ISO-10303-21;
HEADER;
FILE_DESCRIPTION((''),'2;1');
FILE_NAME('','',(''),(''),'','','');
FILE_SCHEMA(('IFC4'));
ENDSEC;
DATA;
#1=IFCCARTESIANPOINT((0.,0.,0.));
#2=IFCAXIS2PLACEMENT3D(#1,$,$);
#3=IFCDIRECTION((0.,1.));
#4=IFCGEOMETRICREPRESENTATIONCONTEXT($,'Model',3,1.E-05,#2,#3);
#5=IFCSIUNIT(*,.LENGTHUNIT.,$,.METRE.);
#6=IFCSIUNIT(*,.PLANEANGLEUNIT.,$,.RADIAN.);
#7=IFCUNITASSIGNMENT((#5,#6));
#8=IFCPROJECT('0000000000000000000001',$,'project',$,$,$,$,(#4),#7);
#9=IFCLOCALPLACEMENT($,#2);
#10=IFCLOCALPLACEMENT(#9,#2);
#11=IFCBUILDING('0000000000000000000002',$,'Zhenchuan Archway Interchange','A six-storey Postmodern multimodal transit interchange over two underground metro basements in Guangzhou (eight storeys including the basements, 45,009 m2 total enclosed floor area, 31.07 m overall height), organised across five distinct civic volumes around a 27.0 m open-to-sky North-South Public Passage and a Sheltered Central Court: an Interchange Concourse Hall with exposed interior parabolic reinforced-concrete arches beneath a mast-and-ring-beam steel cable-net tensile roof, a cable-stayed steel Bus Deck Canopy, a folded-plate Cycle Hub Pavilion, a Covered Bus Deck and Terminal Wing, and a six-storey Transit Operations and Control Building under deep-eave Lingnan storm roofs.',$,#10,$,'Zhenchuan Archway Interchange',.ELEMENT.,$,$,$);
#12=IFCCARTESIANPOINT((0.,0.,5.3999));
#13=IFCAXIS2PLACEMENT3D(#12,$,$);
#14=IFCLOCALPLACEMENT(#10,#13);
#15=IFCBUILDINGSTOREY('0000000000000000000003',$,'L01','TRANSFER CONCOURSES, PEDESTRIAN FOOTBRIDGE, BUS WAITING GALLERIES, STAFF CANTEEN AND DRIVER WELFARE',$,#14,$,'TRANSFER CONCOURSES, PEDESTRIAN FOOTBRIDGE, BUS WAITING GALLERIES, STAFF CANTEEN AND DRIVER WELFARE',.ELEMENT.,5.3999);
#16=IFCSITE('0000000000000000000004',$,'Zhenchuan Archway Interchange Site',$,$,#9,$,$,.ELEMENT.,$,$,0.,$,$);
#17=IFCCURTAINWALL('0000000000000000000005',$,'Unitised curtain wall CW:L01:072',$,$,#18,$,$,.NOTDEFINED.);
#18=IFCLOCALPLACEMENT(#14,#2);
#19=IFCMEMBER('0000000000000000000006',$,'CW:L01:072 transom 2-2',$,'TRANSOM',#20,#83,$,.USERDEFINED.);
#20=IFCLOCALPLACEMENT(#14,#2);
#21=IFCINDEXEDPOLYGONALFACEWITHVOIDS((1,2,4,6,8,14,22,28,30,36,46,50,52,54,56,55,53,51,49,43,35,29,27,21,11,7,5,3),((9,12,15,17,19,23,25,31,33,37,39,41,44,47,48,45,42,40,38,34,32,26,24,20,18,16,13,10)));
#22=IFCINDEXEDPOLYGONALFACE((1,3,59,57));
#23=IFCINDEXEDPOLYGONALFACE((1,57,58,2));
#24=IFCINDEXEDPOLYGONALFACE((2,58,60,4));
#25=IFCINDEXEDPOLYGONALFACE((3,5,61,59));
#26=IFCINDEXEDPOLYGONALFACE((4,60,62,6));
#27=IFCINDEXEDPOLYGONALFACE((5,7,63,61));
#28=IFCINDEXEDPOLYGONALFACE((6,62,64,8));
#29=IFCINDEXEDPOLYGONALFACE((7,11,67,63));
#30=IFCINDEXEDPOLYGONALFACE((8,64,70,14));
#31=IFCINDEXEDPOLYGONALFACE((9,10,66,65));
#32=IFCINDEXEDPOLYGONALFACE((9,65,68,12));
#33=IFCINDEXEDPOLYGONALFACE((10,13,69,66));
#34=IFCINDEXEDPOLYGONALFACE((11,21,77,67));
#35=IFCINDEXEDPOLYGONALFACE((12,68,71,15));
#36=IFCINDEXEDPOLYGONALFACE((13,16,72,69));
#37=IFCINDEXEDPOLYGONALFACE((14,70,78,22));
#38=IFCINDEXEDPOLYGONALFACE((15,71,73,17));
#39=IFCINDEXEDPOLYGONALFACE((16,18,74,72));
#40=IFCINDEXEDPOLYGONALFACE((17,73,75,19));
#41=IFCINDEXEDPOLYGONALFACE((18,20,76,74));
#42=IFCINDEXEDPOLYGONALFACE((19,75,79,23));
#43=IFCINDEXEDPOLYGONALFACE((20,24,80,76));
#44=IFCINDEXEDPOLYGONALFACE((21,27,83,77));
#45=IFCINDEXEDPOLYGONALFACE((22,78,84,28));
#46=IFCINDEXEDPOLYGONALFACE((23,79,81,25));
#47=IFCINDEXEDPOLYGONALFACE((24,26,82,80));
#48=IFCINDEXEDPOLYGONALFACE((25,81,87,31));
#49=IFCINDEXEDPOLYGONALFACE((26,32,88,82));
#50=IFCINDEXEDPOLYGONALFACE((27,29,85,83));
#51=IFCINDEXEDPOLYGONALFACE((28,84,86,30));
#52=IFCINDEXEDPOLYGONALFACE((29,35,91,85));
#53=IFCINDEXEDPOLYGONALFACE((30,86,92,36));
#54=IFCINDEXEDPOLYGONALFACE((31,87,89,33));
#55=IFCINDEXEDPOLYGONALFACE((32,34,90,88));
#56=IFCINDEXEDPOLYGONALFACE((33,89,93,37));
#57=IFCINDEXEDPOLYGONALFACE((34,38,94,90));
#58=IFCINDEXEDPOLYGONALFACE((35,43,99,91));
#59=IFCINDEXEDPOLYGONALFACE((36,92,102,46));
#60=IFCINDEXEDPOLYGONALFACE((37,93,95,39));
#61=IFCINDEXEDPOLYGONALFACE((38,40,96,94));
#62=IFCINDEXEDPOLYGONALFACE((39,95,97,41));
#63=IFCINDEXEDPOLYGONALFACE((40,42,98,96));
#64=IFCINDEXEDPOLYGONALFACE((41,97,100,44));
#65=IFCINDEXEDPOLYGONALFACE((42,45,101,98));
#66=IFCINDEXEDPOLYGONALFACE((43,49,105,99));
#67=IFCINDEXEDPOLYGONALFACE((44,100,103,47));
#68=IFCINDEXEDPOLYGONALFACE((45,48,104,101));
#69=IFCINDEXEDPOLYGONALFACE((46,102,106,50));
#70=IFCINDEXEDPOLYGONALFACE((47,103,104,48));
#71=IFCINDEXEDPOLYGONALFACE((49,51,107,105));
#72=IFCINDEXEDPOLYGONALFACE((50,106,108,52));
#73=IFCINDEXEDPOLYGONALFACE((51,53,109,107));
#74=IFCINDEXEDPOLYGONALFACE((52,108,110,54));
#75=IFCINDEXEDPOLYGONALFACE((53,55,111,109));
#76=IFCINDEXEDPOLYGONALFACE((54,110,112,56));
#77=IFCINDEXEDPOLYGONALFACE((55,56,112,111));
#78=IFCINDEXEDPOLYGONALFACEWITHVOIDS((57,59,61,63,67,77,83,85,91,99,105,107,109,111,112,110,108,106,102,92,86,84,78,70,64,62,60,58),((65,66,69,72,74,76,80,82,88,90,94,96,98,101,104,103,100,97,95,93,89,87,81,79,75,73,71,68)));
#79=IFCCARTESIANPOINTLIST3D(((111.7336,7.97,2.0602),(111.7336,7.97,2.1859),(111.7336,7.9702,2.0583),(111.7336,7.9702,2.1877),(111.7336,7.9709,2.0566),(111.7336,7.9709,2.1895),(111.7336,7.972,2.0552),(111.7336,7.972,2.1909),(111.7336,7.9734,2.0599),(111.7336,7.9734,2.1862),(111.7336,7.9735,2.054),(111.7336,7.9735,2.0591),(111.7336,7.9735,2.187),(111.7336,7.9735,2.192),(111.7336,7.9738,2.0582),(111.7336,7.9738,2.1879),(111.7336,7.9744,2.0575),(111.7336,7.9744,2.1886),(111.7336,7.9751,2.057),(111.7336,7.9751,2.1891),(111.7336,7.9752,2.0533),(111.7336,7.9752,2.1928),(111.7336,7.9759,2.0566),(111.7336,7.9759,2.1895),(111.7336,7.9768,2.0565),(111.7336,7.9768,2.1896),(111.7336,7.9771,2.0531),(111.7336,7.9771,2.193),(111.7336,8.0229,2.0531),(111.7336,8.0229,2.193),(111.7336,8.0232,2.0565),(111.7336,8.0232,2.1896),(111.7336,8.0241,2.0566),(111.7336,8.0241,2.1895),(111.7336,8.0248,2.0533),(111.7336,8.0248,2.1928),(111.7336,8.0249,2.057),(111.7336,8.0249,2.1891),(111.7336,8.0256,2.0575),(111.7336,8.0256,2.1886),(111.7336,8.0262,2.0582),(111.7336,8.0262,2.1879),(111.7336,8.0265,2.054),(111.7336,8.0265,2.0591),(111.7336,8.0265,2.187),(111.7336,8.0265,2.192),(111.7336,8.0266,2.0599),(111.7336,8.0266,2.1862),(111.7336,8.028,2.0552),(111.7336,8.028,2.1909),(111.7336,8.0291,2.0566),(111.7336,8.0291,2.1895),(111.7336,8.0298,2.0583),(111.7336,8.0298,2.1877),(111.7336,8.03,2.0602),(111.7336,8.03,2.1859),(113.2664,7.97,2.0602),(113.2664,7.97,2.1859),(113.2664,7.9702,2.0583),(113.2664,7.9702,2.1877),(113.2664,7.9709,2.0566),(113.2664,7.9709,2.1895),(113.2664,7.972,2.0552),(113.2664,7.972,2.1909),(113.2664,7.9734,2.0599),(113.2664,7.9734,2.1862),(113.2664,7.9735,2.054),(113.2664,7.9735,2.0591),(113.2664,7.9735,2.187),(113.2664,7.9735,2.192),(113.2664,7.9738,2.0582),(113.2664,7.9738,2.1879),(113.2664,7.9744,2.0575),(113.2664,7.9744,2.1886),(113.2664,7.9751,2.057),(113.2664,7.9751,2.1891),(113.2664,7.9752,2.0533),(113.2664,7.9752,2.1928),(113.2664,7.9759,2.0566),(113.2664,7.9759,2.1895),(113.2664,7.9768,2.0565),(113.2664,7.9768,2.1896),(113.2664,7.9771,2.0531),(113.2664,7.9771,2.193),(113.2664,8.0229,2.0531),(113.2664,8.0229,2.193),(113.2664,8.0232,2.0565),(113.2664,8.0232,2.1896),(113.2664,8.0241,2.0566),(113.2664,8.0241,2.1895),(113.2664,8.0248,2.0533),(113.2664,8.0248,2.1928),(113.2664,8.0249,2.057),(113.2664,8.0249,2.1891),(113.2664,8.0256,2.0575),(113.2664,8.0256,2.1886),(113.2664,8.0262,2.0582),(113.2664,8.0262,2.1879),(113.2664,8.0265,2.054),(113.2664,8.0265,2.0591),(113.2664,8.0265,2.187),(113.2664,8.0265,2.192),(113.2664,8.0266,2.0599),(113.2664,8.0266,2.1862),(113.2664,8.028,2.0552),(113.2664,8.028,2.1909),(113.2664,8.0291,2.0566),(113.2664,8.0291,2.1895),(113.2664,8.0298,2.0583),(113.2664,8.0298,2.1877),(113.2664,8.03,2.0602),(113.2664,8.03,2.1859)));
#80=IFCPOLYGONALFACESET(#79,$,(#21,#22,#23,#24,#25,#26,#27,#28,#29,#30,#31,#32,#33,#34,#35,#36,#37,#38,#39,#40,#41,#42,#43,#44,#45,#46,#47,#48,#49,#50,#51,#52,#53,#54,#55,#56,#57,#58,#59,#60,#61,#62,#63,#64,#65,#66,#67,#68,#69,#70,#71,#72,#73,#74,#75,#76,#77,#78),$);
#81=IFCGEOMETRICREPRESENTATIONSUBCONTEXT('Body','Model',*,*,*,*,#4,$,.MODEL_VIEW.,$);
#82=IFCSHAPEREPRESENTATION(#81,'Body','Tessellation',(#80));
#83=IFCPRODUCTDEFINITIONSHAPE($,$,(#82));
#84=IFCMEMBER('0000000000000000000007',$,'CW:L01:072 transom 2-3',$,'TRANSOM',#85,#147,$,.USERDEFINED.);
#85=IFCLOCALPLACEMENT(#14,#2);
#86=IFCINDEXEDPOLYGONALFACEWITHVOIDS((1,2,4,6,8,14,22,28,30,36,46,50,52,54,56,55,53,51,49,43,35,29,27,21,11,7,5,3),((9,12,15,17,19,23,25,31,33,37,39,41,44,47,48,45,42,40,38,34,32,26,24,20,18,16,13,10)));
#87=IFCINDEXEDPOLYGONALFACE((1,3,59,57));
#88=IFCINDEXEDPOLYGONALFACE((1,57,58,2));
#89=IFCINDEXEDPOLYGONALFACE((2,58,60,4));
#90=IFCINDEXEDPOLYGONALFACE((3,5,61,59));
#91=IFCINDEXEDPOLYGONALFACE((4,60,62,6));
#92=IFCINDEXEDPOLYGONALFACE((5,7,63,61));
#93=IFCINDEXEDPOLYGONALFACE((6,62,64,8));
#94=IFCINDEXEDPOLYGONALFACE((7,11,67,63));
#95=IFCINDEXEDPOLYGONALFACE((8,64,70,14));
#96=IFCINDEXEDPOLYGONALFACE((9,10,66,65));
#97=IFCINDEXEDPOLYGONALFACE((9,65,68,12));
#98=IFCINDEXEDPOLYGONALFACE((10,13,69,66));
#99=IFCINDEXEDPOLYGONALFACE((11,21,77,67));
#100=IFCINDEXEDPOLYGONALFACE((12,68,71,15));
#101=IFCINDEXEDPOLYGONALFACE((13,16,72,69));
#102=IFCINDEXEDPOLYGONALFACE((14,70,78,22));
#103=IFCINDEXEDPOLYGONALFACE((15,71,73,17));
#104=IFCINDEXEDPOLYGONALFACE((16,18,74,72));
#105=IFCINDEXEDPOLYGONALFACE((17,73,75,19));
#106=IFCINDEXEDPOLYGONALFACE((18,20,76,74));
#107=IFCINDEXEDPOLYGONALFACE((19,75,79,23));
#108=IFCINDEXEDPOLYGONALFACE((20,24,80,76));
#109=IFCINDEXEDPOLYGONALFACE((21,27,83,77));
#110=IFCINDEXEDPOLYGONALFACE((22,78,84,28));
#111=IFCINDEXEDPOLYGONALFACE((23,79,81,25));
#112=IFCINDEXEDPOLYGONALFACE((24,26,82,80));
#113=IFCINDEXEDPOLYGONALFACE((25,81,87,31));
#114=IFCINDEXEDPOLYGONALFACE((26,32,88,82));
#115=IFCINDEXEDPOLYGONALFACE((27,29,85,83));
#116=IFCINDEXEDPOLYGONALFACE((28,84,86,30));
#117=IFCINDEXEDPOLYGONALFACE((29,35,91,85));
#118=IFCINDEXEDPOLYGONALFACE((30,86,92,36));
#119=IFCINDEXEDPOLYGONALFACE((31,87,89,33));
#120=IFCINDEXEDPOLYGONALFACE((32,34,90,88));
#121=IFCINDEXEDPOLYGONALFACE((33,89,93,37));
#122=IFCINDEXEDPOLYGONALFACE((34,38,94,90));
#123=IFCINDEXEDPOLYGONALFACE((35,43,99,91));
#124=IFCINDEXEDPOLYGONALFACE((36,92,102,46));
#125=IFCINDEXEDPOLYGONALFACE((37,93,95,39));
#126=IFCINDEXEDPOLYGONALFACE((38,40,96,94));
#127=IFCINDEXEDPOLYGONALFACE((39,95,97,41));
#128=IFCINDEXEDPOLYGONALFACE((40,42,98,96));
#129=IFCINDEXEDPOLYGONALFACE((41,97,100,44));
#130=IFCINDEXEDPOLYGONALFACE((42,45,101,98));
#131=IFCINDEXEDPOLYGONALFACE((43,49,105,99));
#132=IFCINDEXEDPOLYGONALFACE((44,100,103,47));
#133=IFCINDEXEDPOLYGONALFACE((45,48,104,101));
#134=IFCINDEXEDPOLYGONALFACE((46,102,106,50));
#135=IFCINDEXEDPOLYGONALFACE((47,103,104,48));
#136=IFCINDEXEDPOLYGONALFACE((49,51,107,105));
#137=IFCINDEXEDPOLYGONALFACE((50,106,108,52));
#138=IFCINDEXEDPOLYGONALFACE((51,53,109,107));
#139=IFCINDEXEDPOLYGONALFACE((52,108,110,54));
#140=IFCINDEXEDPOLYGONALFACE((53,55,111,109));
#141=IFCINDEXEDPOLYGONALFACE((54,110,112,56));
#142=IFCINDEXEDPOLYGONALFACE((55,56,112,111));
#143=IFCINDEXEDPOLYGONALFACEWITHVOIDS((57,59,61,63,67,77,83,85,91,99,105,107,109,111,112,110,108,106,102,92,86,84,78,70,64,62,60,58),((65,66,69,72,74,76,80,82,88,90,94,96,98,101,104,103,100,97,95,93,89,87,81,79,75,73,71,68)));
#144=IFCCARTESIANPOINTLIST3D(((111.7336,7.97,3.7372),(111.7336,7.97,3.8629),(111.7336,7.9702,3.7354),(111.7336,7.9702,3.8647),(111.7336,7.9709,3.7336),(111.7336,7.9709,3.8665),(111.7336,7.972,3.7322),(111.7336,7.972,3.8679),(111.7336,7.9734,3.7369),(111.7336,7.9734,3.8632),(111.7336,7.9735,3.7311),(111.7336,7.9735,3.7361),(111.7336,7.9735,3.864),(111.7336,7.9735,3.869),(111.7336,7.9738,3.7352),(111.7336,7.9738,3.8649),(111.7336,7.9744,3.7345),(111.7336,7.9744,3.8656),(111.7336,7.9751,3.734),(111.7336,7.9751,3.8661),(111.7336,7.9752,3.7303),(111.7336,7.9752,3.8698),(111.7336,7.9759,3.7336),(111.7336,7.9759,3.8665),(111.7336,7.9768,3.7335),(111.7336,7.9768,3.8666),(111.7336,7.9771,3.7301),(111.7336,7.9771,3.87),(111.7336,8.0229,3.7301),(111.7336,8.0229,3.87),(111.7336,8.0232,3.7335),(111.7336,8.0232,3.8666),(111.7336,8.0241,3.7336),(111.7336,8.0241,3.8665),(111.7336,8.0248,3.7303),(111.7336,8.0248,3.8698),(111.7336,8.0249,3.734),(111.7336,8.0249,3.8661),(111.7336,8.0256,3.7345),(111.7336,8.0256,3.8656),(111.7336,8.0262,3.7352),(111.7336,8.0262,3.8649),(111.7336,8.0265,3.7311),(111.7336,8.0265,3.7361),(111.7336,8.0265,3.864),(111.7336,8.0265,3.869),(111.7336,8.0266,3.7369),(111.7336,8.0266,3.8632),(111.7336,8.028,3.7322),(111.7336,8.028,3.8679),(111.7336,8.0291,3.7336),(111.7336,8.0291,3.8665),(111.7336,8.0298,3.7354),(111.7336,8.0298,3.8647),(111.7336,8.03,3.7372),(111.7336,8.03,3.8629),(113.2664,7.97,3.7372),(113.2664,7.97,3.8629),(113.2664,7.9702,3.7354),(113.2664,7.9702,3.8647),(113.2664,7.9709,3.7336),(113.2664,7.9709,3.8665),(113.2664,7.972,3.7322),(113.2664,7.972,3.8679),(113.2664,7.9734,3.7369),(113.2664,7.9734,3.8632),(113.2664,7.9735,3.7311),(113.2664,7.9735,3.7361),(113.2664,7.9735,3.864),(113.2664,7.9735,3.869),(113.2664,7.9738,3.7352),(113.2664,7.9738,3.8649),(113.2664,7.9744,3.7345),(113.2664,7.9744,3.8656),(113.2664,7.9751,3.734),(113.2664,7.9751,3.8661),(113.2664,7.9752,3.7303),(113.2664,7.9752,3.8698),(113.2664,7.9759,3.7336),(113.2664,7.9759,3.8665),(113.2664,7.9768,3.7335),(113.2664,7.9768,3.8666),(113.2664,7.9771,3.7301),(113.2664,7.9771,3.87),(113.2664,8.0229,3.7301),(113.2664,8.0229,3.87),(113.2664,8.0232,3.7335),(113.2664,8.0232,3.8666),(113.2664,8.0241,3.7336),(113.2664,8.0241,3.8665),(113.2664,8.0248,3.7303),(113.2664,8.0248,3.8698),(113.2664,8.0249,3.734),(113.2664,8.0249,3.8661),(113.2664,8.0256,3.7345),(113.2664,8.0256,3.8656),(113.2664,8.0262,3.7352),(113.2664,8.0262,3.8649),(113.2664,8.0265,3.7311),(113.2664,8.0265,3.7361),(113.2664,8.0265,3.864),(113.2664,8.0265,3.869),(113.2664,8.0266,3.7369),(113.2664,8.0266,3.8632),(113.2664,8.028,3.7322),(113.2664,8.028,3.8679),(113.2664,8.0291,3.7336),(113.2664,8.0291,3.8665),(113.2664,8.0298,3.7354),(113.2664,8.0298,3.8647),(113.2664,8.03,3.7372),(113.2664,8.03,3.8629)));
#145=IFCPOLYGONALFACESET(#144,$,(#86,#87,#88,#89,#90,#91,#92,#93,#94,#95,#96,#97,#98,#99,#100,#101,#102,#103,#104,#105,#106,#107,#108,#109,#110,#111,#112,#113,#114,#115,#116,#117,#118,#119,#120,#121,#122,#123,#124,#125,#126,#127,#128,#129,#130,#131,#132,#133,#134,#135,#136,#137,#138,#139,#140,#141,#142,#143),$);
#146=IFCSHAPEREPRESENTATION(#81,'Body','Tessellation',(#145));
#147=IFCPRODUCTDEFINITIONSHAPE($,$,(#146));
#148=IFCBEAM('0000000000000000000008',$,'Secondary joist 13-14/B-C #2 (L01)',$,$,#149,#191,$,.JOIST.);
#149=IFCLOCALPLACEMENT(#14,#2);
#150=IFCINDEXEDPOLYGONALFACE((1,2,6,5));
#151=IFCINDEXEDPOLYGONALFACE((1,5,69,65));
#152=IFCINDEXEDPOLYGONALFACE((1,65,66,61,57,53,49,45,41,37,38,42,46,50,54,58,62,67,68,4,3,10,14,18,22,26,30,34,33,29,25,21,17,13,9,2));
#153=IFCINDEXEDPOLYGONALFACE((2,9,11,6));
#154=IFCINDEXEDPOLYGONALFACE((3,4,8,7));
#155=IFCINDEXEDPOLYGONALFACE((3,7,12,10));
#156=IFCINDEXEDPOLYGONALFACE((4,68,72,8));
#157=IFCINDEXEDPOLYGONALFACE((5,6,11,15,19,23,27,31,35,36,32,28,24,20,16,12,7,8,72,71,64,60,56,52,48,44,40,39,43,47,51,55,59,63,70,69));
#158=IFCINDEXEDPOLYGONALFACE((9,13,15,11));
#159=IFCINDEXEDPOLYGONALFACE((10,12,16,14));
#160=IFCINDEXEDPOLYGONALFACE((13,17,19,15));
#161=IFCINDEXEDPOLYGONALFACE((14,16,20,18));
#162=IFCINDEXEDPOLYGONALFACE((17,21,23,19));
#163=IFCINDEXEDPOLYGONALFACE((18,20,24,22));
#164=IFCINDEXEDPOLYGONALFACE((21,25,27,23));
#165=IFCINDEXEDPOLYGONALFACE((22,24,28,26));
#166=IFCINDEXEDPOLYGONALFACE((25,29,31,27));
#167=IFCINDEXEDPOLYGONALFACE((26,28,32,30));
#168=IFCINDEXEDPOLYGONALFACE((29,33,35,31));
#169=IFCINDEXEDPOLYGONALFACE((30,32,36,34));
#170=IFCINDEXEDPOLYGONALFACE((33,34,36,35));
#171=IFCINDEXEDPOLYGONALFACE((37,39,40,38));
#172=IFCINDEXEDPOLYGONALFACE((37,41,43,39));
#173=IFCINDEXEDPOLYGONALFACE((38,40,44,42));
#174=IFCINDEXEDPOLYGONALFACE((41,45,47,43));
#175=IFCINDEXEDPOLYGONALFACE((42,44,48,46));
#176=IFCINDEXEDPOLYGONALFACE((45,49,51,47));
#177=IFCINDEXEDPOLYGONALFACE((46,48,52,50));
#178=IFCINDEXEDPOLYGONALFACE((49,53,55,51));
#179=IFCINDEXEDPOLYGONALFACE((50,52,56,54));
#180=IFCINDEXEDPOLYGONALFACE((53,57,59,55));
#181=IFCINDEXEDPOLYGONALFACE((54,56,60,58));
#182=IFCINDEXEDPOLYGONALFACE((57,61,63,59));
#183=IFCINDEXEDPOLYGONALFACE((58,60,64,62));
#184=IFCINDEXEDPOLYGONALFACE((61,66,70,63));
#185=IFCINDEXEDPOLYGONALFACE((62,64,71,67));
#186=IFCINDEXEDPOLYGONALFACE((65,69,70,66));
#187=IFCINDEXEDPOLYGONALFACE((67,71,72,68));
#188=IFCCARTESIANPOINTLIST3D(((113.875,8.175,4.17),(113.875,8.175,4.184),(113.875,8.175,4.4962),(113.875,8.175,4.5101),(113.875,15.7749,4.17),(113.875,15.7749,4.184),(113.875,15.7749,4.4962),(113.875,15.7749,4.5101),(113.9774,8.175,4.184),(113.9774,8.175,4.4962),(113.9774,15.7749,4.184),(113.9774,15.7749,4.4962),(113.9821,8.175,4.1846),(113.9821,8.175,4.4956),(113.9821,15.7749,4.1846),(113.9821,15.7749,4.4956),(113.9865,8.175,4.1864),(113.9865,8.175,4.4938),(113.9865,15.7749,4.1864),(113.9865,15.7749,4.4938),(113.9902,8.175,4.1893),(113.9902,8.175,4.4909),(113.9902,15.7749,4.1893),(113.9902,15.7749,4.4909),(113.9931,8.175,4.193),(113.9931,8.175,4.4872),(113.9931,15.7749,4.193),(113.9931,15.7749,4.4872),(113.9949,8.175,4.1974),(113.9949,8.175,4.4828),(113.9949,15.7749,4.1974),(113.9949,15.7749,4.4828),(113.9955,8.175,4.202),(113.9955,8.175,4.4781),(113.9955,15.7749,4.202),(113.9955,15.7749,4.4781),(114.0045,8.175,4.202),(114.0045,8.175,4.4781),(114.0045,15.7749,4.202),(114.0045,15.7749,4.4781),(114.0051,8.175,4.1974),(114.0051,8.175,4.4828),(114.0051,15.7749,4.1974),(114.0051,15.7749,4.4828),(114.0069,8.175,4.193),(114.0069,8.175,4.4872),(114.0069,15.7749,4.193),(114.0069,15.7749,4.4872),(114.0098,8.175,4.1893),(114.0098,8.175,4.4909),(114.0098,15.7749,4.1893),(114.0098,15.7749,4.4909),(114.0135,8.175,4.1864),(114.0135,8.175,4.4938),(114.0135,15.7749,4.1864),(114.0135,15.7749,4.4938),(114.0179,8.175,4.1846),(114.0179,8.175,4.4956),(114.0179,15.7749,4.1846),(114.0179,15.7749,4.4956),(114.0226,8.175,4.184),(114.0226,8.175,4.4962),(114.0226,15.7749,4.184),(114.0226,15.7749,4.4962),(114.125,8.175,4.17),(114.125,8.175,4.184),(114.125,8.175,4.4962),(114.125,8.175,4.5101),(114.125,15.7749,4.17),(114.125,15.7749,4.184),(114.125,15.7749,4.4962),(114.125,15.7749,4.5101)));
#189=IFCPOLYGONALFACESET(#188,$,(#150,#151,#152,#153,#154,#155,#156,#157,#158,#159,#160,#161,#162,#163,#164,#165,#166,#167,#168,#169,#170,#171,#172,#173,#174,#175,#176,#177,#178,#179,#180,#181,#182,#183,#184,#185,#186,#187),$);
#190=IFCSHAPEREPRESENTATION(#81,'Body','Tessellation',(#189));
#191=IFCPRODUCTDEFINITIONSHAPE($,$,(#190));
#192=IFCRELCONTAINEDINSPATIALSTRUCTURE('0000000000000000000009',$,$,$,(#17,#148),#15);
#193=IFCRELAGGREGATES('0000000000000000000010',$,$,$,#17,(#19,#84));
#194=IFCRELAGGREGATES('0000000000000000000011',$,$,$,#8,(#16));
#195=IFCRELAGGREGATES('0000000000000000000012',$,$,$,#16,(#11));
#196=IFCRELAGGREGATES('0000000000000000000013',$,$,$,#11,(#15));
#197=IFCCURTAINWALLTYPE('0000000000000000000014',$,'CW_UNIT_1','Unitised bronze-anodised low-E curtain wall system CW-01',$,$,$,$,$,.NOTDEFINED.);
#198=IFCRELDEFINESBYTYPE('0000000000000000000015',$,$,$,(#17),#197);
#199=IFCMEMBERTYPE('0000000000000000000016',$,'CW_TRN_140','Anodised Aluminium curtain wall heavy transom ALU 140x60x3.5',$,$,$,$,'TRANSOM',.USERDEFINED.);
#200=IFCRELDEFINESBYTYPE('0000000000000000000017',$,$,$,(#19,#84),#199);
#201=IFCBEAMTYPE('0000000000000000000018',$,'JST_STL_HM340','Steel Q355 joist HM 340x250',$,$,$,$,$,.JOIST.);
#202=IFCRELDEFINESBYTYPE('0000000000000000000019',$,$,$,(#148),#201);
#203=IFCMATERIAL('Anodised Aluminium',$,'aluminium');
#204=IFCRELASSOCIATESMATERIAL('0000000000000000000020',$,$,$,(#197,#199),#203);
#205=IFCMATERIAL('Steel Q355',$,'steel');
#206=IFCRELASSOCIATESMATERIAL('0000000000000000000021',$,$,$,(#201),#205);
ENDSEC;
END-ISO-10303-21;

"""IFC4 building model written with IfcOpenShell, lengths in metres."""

from ifc_helpers import new_model, si_unit, direction, frame, origin, origin_2d, place, context, subcontext, project, spatial, hollow_rectangle, i_section, extrude, material, material_profile, profile_set, type_object, element, aggregate, save


model = new_model("IFC4")

# Units and contexts
model_context = context("Model", 3, precision=1e-05, world=origin(), true_north=direction((0.0, 1.0)))
body_context = subcontext(model_context, "Body", "Model", "MODEL_VIEW")
ifc_project = project(units=[si_unit("LENGTHUNIT", "METRE"), si_unit("PLANEANGLEUNIT", "RADIAN")], contexts=[model_context])

# Site, building, storey
site_placement = place(None, origin())
site = spatial("IfcSite", under=ifc_project, at=site_placement, Name="Zhenchuan Archway Interchange Site", CompositionType="ELEMENT", RefElevation=0.0)
building_placement = place(site_placement, origin())
building = spatial("IfcBuilding", under=site, at=building_placement, Name="Zhenchuan Archway Interchange", Description="A six-storey Postmodern multimodal transit interchange over two underground metro basements in Guangzhou (eight storeys including the basements, 45,009 m2 total enclosed floor area, 31.07 m overall height), organised across five distinct civic volumes around a 27.0 m open-to-sky North-South Public Passage and a Sheltered Central Court: an Interchange Concourse Hall with exposed interior parabolic reinforced-concrete arches beneath a mast-and-ring-beam steel cable-net tensile roof, a cable-stayed steel Bus Deck Canopy, a folded-plate Cycle Hub Pavilion, a Covered Bus Deck and Terminal Wing, and a six-storey Transit Operations and Control Building under deep-eave Lingnan storm roofs.", LongName="Zhenchuan Archway Interchange", CompositionType="ELEMENT")
storey_placement = place(building_placement, frame((0.0, 0.0, 5.3999)))
storey = spatial("IfcBuildingStorey", under=building, at=storey_placement, Name="L01", Description="TRANSFER CONCOURSES, PEDESTRIAN FOOTBRIDGE, BUS WAITING GALLERIES, STAFF CANTEEN AND DRIVER WELFARE", LongName="TRANSFER CONCOURSES, PEDESTRIAN FOOTBRIDGE, BUS WAITING GALLERIES, STAFF CANTEEN AND DRIVER WELFARE", CompositionType="ELEMENT", Elevation=5.3999)

# Curtain wall, members
ifc_material_1 = material(Name="Anodised Aluminium", Category="aluminium")
curtain_wall_type = type_object("IfcCurtainWallType", Name="CW_UNIT_1", Description="Unitised bronze-anodised low-E curtain wall system CW-01", PredefinedType="NOTDEFINED", material=ifc_material_1)
curtain_wall_placement = place(storey_placement, origin())
curtain_wall = element("IfcCurtainWall", 1, at=curtain_wall_placement, inside=storey, type_object=curtain_wall_type, Name="Unitised curtain wall CW:L01:072", PredefinedType="NOTDEFINED")
ifc_material_profile_1 = material_profile(ifc_material_1, hollow_rectangle(XDim=0.0601, YDim=0.1399, WallThickness=0.0034, InnerFilletRadius=0.0034, OuterFilletRadius=0.0071, at=origin_2d()), Name="ALU 140x60x3.5")
ifc_profile_set_1 = profile_set([ifc_material_profile_1], Name="Anodised Aluminium")
member_type_1 = type_object("IfcMemberType", Name="CW_TRN_140", Description="Anodised Aluminium curtain wall heavy transom ALU 140x60x3.5", ElementType="TRANSOM", PredefinedType="USERDEFINED", material=ifc_profile_set_1)
member_1_placement = place(storey_placement, frame((113.2664, 8.0, 2.123), z_axis=(-1.0, 0.0, 0.0), x_axis=(0.0, -1.0, 0.0)))
member_1 = element("IfcMember", 2, at=member_1_placement, type_object=member_type_1, Name="CW:L01:072 transom 2-2", ObjectType="TRANSOM", PredefinedType="USERDEFINED", context=body_context, shape_type="SweptSolid", body=[
    extrude(hollow_rectangle(XDim=0.0601, YDim=0.1399, WallThickness=0.0034, InnerFilletRadius=0.0034, OuterFilletRadius=0.0071, at=origin_2d()), origin(), (0.0, 0.0, 1.0), 1.5327),
])
member_2_placement = place(storey_placement, frame((113.2664, 8.0, 3.8), z_axis=(-1.0, 0.0, 0.0), x_axis=(0.0, -1.0, 0.0)))
member_2 = element("IfcMember", 3, at=member_2_placement, type_object=member_type_1, Name="CW:L01:072 transom 2-3", ObjectType="TRANSOM", PredefinedType="USERDEFINED", context=body_context, shape_type="SweptSolid", body=[
    extrude(hollow_rectangle(XDim=0.0601, YDim=0.1399, WallThickness=0.0034, InnerFilletRadius=0.0034, OuterFilletRadius=0.0071, at=origin_2d()), origin(), (0.0, 0.0, 1.0), 1.5327),
])

# Beam
ifc_material_2 = material(Name="Steel Q355", Category="steel")
ifc_material_profile_2 = material_profile(ifc_material_2, i_section(OverallWidth=0.25, OverallDepth=0.3401, WebThickness=0.009, FlangeThickness=0.0139, FilletRadius=0.0181, at=origin_2d()), Name="HM 340x250")
ifc_profile_set_2 = profile_set([ifc_material_profile_2], Name="Steel Q355")
beam_type_1 = type_object("IfcBeamType", Name="JST_STL_HM340", Description="Steel Q355 joist HM 340x250", PredefinedType="JOIST", material=ifc_profile_set_2)
beam_1_placement = place(storey_placement, frame((114.0, 8.175, 4.3401), z_axis=(0.0, 1.0, 0.0), x_axis=(-1.0, 0.0, 0.0)))
element("IfcBeam", 4, at=beam_1_placement, inside=storey, type_object=beam_type_1, Name="Secondary joist 13-14/B-C #2 (L01)", PredefinedType="JOIST", context=body_context, shape_type="SweptSolid", body=[
    extrude(i_section(OverallWidth=0.25, OverallDepth=0.3401, WebThickness=0.009, FlangeThickness=0.0139, FilletRadius=0.0181, at=origin_2d()), origin(), (0.0, 0.0, 1.0), 7.5999),
])

aggregate(curtain_wall, [member_1, member_2])

save(model, "model.ifc")
